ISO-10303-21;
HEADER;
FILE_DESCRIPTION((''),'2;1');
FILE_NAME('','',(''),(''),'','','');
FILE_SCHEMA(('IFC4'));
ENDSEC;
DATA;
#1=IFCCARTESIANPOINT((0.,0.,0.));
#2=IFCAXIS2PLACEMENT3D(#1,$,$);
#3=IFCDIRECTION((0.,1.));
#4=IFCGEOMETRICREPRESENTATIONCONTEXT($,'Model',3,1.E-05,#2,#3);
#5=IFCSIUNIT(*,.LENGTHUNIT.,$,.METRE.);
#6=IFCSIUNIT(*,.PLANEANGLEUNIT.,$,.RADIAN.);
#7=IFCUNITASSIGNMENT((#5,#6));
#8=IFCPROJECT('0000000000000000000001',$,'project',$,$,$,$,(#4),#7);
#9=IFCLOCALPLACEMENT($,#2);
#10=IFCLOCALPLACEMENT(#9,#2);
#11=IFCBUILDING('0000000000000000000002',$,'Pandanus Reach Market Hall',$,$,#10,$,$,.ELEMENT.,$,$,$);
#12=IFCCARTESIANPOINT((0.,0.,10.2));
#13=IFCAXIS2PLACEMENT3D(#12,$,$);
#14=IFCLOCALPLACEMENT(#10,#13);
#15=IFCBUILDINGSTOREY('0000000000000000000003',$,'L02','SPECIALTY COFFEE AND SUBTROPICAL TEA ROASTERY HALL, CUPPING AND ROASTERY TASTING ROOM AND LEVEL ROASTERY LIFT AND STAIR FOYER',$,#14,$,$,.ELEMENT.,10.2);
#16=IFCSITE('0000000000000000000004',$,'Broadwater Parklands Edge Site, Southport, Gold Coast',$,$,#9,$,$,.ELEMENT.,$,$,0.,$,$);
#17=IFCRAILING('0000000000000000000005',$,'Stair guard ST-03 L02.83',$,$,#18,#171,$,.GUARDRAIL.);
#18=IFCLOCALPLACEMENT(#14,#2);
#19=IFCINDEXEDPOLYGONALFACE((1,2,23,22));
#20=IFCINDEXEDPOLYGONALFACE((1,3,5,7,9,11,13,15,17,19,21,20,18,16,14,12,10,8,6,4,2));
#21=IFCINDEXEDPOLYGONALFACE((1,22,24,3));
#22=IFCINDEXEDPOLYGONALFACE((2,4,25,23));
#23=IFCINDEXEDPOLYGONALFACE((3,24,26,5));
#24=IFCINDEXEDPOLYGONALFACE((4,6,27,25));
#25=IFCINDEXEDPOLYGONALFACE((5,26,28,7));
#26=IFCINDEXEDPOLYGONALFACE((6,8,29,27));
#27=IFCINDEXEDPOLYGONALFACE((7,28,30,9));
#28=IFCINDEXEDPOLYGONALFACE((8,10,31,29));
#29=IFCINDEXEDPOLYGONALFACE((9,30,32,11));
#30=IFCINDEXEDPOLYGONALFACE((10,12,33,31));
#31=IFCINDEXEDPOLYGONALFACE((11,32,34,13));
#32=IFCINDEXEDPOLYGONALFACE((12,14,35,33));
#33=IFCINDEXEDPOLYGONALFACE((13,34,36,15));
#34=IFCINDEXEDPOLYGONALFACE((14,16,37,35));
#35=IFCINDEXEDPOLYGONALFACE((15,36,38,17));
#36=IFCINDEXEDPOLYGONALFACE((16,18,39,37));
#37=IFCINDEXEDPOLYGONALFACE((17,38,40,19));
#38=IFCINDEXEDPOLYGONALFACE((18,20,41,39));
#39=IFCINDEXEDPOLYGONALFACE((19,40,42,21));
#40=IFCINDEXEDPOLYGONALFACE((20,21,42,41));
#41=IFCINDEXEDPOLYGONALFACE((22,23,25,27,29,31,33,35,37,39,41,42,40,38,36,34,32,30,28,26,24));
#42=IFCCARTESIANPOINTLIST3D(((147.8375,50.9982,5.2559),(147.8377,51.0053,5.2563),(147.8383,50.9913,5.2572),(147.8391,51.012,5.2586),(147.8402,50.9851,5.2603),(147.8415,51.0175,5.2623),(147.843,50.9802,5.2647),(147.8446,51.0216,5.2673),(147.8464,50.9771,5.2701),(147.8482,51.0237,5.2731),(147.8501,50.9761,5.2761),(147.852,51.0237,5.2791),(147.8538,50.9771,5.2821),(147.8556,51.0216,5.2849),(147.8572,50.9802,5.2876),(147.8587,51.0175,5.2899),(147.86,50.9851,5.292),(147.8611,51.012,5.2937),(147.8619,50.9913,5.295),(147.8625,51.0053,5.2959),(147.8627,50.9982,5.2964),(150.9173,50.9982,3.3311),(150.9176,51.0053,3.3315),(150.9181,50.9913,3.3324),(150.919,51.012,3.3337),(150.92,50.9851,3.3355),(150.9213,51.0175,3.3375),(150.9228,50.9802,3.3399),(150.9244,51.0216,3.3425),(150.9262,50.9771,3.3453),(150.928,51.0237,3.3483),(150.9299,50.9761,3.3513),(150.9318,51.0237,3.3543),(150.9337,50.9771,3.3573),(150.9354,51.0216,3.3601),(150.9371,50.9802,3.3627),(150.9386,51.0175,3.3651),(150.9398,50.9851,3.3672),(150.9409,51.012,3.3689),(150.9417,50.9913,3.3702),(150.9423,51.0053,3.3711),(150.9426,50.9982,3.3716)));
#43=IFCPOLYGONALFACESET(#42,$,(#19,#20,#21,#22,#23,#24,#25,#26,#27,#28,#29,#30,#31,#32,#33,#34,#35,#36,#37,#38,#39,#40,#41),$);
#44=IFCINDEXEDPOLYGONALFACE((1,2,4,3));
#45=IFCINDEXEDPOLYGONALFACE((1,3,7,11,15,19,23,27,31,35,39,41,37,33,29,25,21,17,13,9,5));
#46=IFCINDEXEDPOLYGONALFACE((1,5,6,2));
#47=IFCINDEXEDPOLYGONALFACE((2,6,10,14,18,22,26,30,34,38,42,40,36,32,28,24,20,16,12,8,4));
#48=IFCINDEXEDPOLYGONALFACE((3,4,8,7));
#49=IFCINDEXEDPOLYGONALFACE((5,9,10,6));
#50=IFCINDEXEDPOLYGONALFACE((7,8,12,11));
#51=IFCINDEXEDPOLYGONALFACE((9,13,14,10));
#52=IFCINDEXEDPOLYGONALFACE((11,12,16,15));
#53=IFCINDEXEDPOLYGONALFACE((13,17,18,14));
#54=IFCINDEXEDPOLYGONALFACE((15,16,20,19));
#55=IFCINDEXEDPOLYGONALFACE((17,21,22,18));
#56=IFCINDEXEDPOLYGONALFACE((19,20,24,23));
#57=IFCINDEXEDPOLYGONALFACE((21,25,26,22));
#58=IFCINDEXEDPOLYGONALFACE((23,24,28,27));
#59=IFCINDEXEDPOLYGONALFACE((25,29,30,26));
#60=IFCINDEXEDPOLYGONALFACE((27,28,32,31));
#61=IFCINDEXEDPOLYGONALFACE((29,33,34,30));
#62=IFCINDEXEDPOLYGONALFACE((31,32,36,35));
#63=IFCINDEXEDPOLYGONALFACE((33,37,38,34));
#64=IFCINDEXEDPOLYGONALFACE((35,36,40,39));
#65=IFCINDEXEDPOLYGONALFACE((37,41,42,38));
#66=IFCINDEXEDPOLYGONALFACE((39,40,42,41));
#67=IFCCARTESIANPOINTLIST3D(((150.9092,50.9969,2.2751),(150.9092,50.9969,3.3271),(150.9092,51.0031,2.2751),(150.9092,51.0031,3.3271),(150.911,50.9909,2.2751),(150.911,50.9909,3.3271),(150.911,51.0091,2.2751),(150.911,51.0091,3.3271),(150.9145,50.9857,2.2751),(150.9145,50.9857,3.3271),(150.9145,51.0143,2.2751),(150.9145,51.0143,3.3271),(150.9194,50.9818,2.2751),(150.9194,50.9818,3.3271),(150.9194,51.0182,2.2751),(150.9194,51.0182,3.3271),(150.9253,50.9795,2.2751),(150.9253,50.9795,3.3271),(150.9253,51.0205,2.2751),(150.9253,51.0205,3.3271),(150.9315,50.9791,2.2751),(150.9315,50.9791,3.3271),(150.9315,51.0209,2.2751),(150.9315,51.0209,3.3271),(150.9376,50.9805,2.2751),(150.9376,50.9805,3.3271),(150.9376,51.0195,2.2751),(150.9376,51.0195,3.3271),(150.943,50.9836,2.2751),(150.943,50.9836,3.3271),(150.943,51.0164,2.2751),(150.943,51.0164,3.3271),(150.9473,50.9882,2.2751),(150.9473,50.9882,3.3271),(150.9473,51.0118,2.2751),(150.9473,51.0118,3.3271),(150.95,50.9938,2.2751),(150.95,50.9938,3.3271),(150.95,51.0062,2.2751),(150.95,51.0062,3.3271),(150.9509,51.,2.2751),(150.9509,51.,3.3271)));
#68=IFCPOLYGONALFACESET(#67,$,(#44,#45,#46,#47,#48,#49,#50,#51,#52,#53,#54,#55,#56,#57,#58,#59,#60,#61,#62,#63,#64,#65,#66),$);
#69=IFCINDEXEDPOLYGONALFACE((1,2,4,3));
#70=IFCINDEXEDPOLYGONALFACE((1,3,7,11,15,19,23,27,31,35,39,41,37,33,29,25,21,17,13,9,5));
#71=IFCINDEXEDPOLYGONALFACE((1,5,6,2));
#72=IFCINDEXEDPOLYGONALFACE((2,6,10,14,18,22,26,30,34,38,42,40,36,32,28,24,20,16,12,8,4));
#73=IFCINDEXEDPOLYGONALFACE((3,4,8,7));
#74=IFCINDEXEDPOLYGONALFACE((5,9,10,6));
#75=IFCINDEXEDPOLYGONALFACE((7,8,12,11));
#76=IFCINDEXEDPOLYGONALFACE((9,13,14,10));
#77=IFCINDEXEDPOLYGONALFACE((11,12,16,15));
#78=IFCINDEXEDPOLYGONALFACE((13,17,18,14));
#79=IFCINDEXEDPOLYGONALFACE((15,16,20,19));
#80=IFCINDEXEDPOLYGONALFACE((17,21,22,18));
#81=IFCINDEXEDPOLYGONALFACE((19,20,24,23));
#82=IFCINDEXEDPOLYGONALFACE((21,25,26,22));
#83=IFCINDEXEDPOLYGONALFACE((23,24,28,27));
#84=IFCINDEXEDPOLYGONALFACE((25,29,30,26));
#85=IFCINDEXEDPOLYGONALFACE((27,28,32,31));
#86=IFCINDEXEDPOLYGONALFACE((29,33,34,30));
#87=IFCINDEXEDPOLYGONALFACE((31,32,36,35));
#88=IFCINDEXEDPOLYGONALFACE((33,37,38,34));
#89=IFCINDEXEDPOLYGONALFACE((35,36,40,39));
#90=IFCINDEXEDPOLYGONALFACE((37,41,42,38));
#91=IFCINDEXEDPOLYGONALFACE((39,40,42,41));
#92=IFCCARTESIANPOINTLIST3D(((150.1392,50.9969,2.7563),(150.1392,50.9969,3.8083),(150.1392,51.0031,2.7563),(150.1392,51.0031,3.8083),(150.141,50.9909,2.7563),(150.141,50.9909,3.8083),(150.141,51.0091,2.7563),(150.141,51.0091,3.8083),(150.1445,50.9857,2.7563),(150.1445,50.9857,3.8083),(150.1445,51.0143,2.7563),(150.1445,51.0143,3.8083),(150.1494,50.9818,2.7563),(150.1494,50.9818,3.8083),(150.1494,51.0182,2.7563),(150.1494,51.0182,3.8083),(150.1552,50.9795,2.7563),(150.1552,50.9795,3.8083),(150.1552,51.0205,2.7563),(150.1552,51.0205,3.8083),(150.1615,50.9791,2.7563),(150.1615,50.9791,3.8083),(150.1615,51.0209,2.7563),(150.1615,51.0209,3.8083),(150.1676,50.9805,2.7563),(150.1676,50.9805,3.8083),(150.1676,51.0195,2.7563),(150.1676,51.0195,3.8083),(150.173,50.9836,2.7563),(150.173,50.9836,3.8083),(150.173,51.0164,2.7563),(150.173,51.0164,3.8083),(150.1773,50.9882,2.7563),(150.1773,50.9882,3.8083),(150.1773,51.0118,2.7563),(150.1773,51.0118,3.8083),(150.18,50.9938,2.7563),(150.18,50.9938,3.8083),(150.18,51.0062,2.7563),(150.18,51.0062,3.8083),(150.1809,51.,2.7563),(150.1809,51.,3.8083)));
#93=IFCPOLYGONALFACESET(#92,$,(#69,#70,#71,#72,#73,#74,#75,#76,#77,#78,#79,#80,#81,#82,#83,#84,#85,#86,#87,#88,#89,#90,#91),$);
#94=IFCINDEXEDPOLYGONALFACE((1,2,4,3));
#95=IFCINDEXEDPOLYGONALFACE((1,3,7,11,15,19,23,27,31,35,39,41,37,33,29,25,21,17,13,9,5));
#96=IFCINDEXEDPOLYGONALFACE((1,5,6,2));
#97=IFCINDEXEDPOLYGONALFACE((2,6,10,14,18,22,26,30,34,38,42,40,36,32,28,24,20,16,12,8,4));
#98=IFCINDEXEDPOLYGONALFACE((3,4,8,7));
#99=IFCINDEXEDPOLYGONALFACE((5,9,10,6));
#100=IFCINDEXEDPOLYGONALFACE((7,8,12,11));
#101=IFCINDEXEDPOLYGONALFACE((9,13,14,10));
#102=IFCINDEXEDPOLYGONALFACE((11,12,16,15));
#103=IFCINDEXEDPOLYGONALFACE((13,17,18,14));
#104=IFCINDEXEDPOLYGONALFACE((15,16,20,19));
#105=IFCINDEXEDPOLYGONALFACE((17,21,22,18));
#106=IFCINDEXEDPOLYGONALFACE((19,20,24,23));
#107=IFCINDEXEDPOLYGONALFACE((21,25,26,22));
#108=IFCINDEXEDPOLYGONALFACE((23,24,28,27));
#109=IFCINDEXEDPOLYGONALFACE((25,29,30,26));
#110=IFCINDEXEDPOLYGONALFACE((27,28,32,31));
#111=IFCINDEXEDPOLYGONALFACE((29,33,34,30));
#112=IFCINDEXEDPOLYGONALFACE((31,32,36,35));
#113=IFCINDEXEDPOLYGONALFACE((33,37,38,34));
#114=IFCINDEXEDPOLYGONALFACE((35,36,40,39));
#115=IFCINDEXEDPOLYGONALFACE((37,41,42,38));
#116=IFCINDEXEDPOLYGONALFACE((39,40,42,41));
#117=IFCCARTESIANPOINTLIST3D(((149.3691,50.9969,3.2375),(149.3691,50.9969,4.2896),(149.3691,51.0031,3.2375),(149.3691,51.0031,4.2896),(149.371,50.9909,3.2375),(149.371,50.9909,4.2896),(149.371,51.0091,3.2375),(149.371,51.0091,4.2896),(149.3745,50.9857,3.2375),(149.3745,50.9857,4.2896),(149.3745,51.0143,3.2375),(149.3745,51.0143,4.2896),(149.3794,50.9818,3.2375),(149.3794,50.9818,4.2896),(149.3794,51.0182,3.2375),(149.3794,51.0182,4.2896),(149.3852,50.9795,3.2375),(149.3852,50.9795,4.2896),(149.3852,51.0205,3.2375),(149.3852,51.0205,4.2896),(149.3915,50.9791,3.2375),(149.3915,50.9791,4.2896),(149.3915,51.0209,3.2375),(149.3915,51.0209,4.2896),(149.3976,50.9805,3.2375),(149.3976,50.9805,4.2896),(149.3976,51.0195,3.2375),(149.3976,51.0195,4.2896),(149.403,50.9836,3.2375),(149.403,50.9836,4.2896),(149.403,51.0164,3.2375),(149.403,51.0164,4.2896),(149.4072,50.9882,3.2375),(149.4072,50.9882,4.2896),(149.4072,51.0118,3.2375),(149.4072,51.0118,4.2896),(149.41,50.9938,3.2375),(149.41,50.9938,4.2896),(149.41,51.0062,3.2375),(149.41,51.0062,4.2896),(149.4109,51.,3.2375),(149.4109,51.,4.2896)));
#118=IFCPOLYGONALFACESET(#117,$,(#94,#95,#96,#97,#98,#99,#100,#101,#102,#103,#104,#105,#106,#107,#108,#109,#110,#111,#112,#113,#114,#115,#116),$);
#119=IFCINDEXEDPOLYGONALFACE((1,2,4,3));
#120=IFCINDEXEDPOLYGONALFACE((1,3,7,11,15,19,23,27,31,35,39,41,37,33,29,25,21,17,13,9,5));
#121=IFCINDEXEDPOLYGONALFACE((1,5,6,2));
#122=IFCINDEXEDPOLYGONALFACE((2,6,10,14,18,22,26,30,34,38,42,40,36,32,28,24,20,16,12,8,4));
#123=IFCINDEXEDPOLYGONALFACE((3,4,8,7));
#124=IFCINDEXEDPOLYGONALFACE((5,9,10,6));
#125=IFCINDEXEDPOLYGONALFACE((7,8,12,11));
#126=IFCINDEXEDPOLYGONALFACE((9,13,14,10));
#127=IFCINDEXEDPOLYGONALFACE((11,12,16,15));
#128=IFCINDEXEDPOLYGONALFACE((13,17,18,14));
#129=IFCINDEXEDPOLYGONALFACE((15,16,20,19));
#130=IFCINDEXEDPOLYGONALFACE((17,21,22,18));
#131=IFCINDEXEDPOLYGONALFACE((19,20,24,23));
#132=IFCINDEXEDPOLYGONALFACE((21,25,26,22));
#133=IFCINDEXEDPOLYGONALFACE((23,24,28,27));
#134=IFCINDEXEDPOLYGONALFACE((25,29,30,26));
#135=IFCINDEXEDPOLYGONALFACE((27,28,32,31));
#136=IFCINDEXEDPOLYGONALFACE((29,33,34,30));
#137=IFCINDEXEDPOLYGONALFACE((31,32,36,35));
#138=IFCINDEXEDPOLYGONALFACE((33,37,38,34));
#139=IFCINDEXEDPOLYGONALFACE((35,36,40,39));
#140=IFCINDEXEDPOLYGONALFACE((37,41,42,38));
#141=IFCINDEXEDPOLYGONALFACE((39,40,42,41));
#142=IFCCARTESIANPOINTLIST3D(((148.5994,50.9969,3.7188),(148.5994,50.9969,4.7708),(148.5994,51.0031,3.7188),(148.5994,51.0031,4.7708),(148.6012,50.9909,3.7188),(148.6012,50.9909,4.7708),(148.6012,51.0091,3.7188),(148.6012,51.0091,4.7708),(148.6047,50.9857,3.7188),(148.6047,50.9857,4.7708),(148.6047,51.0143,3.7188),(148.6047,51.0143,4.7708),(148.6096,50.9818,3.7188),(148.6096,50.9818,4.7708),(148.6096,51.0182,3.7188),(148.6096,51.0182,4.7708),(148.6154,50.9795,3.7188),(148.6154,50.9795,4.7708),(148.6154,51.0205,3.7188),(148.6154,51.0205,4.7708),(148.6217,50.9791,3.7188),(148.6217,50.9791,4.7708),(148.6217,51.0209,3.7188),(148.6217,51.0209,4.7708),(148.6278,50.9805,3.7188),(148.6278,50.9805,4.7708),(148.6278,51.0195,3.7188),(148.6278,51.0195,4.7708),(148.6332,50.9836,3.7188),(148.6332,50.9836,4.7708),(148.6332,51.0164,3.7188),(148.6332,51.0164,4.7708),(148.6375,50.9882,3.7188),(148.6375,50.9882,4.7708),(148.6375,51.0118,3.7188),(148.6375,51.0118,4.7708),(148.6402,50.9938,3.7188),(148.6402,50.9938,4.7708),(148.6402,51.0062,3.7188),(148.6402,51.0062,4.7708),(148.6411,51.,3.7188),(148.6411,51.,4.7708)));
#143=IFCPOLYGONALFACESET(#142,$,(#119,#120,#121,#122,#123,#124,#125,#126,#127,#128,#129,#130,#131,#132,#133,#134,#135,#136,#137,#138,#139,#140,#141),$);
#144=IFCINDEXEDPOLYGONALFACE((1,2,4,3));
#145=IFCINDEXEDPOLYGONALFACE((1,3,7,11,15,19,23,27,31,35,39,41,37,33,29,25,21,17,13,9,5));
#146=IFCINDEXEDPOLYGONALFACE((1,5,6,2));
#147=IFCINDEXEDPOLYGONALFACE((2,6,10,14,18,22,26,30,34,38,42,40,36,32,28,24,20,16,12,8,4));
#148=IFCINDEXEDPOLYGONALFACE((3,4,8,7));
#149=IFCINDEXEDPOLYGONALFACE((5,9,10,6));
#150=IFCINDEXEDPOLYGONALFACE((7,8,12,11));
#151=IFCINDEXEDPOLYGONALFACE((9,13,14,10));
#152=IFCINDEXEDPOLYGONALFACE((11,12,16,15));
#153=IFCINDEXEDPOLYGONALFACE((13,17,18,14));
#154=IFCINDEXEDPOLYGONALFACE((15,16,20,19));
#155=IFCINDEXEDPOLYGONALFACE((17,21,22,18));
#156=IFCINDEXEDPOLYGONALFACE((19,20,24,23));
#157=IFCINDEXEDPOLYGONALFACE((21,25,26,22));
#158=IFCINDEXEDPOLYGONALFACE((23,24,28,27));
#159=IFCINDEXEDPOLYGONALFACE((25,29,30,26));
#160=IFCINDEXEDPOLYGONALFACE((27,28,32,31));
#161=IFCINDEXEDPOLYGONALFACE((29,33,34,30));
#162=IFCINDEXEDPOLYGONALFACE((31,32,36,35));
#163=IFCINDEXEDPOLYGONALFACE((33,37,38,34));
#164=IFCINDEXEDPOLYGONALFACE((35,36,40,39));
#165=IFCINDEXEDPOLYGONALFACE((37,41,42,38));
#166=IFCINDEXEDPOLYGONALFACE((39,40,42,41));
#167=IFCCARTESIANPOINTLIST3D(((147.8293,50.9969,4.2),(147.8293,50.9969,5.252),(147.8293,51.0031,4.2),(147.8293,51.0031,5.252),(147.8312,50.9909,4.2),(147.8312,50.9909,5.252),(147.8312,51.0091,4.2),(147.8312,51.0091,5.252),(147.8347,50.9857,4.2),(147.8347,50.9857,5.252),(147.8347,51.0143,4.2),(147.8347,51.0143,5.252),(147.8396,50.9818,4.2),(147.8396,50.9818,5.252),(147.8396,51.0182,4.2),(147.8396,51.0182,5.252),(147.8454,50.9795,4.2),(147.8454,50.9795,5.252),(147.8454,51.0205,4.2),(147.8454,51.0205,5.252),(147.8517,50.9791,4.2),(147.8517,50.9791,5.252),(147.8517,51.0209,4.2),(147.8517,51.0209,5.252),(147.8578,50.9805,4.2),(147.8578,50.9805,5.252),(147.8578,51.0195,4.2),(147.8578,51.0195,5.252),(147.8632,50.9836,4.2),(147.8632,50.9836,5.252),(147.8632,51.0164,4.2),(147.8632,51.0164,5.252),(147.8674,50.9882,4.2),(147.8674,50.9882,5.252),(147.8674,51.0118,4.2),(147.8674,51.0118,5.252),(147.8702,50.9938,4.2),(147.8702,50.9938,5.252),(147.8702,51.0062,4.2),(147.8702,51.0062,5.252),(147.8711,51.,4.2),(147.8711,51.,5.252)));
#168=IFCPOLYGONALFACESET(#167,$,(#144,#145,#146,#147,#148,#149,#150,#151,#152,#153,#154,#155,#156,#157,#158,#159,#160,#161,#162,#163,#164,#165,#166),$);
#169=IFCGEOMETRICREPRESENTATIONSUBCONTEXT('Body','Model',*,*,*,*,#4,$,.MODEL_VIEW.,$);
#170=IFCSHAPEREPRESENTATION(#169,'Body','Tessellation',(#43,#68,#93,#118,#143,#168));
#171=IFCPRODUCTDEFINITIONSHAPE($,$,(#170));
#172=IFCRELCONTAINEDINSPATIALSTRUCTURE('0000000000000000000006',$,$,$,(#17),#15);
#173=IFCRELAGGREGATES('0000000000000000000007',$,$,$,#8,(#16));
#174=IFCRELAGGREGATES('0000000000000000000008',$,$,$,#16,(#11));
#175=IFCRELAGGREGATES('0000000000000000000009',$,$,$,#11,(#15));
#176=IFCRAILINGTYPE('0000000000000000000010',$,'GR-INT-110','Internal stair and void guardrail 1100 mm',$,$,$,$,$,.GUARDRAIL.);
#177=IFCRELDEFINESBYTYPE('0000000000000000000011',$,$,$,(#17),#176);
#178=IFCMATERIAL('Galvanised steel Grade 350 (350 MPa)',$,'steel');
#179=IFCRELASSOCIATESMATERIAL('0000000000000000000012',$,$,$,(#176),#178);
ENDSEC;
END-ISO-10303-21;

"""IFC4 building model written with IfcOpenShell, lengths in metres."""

from ifc_helpers import new_model, si_unit, direction, frame, origin, origin_2d, place, context, subcontext, project, spatial, circle, extrude, material, type_object, element, save


model = new_model("IFC4")

# Units and contexts
model_context = context("Model", 3, precision=1e-05, world=origin(), true_north=direction((0.0, 1.0)))
body_context = subcontext(model_context, "Body", "Model", "MODEL_VIEW")
ifc_project = project(units=[si_unit("LENGTHUNIT", "METRE"), si_unit("PLANEANGLEUNIT", "RADIAN")], contexts=[model_context])

# Site, building, storey
site_placement = place(None, origin())
site = spatial("IfcSite", under=ifc_project, at=site_placement, Name="Broadwater Parklands Edge Site, Southport, Gold Coast", CompositionType="ELEMENT", RefElevation=0.0)
building_placement = place(site_placement, origin())
building = spatial("IfcBuilding", under=site, at=building_placement, Name="Pandanus Reach Market Hall", CompositionType="ELEMENT")
storey_placement = place(building_placement, frame((0.0, 0.0, 10.2)))
storey = spatial("IfcBuildingStorey", under=building, at=storey_placement, Name="L02", Description="SPECIALTY COFFEE AND SUBTROPICAL TEA ROASTERY HALL, CUPPING AND ROASTERY TASTING ROOM AND LEVEL ROASTERY LIFT AND STAIR FOYER", CompositionType="ELEMENT", Elevation=10.2)

# Railing
ifc_material_1 = material(Name="Galvanised steel Grade 350 (350 MPa)", Category="steel")
railing_type_1 = type_object("IfcRailingType", Name="GR-INT-110", Description="Internal stair and void guardrail 1100 mm", PredefinedType="GUARDRAIL", material=ifc_material_1)
railing_1_placement = place(storey_placement, frame((150.9299, 51.0, 2.2751)))
element("IfcRailing", 1, at=railing_1_placement, inside=storey, type_object=railing_type_1, Name="Stair guard ST-03 L02.83", PredefinedType="GUARDRAIL", context=body_context, shape_type="SweptSolid", body=[
    extrude(circle(Radius=0.0239, at=origin_2d()), frame((0.0, 0.0, 1.0762), z_axis=(-0.84801, 0.0, 0.529981), x_axis=(0.0, -1.0, 0.0)), (0.0, 0.0, 1.0), 3.6318),
    extrude(circle(Radius=0.021, at=origin_2d()), origin(), (0.0, 0.0, 1.0), 1.052),
    extrude(circle(Radius=0.021, at=origin_2d()), frame((-0.77, 0.0, 0.4812)), (0.0, 0.0, 1.0), 1.052),
    extrude(circle(Radius=0.021, at=origin_2d()), frame((-1.54, 0.0, 0.9624)), (0.0, 0.0, 1.0), 1.052),
    extrude(circle(Radius=0.021, at=origin_2d()), frame((-2.3098, 0.0, 1.4436)), (0.0, 0.0, 1.0), 1.052),
    extrude(circle(Radius=0.021, at=origin_2d()), frame((-3.0798, 0.0, 1.9248)), (0.0, 0.0, 1.0), 1.052),
])

save(model, "model.ifc")
